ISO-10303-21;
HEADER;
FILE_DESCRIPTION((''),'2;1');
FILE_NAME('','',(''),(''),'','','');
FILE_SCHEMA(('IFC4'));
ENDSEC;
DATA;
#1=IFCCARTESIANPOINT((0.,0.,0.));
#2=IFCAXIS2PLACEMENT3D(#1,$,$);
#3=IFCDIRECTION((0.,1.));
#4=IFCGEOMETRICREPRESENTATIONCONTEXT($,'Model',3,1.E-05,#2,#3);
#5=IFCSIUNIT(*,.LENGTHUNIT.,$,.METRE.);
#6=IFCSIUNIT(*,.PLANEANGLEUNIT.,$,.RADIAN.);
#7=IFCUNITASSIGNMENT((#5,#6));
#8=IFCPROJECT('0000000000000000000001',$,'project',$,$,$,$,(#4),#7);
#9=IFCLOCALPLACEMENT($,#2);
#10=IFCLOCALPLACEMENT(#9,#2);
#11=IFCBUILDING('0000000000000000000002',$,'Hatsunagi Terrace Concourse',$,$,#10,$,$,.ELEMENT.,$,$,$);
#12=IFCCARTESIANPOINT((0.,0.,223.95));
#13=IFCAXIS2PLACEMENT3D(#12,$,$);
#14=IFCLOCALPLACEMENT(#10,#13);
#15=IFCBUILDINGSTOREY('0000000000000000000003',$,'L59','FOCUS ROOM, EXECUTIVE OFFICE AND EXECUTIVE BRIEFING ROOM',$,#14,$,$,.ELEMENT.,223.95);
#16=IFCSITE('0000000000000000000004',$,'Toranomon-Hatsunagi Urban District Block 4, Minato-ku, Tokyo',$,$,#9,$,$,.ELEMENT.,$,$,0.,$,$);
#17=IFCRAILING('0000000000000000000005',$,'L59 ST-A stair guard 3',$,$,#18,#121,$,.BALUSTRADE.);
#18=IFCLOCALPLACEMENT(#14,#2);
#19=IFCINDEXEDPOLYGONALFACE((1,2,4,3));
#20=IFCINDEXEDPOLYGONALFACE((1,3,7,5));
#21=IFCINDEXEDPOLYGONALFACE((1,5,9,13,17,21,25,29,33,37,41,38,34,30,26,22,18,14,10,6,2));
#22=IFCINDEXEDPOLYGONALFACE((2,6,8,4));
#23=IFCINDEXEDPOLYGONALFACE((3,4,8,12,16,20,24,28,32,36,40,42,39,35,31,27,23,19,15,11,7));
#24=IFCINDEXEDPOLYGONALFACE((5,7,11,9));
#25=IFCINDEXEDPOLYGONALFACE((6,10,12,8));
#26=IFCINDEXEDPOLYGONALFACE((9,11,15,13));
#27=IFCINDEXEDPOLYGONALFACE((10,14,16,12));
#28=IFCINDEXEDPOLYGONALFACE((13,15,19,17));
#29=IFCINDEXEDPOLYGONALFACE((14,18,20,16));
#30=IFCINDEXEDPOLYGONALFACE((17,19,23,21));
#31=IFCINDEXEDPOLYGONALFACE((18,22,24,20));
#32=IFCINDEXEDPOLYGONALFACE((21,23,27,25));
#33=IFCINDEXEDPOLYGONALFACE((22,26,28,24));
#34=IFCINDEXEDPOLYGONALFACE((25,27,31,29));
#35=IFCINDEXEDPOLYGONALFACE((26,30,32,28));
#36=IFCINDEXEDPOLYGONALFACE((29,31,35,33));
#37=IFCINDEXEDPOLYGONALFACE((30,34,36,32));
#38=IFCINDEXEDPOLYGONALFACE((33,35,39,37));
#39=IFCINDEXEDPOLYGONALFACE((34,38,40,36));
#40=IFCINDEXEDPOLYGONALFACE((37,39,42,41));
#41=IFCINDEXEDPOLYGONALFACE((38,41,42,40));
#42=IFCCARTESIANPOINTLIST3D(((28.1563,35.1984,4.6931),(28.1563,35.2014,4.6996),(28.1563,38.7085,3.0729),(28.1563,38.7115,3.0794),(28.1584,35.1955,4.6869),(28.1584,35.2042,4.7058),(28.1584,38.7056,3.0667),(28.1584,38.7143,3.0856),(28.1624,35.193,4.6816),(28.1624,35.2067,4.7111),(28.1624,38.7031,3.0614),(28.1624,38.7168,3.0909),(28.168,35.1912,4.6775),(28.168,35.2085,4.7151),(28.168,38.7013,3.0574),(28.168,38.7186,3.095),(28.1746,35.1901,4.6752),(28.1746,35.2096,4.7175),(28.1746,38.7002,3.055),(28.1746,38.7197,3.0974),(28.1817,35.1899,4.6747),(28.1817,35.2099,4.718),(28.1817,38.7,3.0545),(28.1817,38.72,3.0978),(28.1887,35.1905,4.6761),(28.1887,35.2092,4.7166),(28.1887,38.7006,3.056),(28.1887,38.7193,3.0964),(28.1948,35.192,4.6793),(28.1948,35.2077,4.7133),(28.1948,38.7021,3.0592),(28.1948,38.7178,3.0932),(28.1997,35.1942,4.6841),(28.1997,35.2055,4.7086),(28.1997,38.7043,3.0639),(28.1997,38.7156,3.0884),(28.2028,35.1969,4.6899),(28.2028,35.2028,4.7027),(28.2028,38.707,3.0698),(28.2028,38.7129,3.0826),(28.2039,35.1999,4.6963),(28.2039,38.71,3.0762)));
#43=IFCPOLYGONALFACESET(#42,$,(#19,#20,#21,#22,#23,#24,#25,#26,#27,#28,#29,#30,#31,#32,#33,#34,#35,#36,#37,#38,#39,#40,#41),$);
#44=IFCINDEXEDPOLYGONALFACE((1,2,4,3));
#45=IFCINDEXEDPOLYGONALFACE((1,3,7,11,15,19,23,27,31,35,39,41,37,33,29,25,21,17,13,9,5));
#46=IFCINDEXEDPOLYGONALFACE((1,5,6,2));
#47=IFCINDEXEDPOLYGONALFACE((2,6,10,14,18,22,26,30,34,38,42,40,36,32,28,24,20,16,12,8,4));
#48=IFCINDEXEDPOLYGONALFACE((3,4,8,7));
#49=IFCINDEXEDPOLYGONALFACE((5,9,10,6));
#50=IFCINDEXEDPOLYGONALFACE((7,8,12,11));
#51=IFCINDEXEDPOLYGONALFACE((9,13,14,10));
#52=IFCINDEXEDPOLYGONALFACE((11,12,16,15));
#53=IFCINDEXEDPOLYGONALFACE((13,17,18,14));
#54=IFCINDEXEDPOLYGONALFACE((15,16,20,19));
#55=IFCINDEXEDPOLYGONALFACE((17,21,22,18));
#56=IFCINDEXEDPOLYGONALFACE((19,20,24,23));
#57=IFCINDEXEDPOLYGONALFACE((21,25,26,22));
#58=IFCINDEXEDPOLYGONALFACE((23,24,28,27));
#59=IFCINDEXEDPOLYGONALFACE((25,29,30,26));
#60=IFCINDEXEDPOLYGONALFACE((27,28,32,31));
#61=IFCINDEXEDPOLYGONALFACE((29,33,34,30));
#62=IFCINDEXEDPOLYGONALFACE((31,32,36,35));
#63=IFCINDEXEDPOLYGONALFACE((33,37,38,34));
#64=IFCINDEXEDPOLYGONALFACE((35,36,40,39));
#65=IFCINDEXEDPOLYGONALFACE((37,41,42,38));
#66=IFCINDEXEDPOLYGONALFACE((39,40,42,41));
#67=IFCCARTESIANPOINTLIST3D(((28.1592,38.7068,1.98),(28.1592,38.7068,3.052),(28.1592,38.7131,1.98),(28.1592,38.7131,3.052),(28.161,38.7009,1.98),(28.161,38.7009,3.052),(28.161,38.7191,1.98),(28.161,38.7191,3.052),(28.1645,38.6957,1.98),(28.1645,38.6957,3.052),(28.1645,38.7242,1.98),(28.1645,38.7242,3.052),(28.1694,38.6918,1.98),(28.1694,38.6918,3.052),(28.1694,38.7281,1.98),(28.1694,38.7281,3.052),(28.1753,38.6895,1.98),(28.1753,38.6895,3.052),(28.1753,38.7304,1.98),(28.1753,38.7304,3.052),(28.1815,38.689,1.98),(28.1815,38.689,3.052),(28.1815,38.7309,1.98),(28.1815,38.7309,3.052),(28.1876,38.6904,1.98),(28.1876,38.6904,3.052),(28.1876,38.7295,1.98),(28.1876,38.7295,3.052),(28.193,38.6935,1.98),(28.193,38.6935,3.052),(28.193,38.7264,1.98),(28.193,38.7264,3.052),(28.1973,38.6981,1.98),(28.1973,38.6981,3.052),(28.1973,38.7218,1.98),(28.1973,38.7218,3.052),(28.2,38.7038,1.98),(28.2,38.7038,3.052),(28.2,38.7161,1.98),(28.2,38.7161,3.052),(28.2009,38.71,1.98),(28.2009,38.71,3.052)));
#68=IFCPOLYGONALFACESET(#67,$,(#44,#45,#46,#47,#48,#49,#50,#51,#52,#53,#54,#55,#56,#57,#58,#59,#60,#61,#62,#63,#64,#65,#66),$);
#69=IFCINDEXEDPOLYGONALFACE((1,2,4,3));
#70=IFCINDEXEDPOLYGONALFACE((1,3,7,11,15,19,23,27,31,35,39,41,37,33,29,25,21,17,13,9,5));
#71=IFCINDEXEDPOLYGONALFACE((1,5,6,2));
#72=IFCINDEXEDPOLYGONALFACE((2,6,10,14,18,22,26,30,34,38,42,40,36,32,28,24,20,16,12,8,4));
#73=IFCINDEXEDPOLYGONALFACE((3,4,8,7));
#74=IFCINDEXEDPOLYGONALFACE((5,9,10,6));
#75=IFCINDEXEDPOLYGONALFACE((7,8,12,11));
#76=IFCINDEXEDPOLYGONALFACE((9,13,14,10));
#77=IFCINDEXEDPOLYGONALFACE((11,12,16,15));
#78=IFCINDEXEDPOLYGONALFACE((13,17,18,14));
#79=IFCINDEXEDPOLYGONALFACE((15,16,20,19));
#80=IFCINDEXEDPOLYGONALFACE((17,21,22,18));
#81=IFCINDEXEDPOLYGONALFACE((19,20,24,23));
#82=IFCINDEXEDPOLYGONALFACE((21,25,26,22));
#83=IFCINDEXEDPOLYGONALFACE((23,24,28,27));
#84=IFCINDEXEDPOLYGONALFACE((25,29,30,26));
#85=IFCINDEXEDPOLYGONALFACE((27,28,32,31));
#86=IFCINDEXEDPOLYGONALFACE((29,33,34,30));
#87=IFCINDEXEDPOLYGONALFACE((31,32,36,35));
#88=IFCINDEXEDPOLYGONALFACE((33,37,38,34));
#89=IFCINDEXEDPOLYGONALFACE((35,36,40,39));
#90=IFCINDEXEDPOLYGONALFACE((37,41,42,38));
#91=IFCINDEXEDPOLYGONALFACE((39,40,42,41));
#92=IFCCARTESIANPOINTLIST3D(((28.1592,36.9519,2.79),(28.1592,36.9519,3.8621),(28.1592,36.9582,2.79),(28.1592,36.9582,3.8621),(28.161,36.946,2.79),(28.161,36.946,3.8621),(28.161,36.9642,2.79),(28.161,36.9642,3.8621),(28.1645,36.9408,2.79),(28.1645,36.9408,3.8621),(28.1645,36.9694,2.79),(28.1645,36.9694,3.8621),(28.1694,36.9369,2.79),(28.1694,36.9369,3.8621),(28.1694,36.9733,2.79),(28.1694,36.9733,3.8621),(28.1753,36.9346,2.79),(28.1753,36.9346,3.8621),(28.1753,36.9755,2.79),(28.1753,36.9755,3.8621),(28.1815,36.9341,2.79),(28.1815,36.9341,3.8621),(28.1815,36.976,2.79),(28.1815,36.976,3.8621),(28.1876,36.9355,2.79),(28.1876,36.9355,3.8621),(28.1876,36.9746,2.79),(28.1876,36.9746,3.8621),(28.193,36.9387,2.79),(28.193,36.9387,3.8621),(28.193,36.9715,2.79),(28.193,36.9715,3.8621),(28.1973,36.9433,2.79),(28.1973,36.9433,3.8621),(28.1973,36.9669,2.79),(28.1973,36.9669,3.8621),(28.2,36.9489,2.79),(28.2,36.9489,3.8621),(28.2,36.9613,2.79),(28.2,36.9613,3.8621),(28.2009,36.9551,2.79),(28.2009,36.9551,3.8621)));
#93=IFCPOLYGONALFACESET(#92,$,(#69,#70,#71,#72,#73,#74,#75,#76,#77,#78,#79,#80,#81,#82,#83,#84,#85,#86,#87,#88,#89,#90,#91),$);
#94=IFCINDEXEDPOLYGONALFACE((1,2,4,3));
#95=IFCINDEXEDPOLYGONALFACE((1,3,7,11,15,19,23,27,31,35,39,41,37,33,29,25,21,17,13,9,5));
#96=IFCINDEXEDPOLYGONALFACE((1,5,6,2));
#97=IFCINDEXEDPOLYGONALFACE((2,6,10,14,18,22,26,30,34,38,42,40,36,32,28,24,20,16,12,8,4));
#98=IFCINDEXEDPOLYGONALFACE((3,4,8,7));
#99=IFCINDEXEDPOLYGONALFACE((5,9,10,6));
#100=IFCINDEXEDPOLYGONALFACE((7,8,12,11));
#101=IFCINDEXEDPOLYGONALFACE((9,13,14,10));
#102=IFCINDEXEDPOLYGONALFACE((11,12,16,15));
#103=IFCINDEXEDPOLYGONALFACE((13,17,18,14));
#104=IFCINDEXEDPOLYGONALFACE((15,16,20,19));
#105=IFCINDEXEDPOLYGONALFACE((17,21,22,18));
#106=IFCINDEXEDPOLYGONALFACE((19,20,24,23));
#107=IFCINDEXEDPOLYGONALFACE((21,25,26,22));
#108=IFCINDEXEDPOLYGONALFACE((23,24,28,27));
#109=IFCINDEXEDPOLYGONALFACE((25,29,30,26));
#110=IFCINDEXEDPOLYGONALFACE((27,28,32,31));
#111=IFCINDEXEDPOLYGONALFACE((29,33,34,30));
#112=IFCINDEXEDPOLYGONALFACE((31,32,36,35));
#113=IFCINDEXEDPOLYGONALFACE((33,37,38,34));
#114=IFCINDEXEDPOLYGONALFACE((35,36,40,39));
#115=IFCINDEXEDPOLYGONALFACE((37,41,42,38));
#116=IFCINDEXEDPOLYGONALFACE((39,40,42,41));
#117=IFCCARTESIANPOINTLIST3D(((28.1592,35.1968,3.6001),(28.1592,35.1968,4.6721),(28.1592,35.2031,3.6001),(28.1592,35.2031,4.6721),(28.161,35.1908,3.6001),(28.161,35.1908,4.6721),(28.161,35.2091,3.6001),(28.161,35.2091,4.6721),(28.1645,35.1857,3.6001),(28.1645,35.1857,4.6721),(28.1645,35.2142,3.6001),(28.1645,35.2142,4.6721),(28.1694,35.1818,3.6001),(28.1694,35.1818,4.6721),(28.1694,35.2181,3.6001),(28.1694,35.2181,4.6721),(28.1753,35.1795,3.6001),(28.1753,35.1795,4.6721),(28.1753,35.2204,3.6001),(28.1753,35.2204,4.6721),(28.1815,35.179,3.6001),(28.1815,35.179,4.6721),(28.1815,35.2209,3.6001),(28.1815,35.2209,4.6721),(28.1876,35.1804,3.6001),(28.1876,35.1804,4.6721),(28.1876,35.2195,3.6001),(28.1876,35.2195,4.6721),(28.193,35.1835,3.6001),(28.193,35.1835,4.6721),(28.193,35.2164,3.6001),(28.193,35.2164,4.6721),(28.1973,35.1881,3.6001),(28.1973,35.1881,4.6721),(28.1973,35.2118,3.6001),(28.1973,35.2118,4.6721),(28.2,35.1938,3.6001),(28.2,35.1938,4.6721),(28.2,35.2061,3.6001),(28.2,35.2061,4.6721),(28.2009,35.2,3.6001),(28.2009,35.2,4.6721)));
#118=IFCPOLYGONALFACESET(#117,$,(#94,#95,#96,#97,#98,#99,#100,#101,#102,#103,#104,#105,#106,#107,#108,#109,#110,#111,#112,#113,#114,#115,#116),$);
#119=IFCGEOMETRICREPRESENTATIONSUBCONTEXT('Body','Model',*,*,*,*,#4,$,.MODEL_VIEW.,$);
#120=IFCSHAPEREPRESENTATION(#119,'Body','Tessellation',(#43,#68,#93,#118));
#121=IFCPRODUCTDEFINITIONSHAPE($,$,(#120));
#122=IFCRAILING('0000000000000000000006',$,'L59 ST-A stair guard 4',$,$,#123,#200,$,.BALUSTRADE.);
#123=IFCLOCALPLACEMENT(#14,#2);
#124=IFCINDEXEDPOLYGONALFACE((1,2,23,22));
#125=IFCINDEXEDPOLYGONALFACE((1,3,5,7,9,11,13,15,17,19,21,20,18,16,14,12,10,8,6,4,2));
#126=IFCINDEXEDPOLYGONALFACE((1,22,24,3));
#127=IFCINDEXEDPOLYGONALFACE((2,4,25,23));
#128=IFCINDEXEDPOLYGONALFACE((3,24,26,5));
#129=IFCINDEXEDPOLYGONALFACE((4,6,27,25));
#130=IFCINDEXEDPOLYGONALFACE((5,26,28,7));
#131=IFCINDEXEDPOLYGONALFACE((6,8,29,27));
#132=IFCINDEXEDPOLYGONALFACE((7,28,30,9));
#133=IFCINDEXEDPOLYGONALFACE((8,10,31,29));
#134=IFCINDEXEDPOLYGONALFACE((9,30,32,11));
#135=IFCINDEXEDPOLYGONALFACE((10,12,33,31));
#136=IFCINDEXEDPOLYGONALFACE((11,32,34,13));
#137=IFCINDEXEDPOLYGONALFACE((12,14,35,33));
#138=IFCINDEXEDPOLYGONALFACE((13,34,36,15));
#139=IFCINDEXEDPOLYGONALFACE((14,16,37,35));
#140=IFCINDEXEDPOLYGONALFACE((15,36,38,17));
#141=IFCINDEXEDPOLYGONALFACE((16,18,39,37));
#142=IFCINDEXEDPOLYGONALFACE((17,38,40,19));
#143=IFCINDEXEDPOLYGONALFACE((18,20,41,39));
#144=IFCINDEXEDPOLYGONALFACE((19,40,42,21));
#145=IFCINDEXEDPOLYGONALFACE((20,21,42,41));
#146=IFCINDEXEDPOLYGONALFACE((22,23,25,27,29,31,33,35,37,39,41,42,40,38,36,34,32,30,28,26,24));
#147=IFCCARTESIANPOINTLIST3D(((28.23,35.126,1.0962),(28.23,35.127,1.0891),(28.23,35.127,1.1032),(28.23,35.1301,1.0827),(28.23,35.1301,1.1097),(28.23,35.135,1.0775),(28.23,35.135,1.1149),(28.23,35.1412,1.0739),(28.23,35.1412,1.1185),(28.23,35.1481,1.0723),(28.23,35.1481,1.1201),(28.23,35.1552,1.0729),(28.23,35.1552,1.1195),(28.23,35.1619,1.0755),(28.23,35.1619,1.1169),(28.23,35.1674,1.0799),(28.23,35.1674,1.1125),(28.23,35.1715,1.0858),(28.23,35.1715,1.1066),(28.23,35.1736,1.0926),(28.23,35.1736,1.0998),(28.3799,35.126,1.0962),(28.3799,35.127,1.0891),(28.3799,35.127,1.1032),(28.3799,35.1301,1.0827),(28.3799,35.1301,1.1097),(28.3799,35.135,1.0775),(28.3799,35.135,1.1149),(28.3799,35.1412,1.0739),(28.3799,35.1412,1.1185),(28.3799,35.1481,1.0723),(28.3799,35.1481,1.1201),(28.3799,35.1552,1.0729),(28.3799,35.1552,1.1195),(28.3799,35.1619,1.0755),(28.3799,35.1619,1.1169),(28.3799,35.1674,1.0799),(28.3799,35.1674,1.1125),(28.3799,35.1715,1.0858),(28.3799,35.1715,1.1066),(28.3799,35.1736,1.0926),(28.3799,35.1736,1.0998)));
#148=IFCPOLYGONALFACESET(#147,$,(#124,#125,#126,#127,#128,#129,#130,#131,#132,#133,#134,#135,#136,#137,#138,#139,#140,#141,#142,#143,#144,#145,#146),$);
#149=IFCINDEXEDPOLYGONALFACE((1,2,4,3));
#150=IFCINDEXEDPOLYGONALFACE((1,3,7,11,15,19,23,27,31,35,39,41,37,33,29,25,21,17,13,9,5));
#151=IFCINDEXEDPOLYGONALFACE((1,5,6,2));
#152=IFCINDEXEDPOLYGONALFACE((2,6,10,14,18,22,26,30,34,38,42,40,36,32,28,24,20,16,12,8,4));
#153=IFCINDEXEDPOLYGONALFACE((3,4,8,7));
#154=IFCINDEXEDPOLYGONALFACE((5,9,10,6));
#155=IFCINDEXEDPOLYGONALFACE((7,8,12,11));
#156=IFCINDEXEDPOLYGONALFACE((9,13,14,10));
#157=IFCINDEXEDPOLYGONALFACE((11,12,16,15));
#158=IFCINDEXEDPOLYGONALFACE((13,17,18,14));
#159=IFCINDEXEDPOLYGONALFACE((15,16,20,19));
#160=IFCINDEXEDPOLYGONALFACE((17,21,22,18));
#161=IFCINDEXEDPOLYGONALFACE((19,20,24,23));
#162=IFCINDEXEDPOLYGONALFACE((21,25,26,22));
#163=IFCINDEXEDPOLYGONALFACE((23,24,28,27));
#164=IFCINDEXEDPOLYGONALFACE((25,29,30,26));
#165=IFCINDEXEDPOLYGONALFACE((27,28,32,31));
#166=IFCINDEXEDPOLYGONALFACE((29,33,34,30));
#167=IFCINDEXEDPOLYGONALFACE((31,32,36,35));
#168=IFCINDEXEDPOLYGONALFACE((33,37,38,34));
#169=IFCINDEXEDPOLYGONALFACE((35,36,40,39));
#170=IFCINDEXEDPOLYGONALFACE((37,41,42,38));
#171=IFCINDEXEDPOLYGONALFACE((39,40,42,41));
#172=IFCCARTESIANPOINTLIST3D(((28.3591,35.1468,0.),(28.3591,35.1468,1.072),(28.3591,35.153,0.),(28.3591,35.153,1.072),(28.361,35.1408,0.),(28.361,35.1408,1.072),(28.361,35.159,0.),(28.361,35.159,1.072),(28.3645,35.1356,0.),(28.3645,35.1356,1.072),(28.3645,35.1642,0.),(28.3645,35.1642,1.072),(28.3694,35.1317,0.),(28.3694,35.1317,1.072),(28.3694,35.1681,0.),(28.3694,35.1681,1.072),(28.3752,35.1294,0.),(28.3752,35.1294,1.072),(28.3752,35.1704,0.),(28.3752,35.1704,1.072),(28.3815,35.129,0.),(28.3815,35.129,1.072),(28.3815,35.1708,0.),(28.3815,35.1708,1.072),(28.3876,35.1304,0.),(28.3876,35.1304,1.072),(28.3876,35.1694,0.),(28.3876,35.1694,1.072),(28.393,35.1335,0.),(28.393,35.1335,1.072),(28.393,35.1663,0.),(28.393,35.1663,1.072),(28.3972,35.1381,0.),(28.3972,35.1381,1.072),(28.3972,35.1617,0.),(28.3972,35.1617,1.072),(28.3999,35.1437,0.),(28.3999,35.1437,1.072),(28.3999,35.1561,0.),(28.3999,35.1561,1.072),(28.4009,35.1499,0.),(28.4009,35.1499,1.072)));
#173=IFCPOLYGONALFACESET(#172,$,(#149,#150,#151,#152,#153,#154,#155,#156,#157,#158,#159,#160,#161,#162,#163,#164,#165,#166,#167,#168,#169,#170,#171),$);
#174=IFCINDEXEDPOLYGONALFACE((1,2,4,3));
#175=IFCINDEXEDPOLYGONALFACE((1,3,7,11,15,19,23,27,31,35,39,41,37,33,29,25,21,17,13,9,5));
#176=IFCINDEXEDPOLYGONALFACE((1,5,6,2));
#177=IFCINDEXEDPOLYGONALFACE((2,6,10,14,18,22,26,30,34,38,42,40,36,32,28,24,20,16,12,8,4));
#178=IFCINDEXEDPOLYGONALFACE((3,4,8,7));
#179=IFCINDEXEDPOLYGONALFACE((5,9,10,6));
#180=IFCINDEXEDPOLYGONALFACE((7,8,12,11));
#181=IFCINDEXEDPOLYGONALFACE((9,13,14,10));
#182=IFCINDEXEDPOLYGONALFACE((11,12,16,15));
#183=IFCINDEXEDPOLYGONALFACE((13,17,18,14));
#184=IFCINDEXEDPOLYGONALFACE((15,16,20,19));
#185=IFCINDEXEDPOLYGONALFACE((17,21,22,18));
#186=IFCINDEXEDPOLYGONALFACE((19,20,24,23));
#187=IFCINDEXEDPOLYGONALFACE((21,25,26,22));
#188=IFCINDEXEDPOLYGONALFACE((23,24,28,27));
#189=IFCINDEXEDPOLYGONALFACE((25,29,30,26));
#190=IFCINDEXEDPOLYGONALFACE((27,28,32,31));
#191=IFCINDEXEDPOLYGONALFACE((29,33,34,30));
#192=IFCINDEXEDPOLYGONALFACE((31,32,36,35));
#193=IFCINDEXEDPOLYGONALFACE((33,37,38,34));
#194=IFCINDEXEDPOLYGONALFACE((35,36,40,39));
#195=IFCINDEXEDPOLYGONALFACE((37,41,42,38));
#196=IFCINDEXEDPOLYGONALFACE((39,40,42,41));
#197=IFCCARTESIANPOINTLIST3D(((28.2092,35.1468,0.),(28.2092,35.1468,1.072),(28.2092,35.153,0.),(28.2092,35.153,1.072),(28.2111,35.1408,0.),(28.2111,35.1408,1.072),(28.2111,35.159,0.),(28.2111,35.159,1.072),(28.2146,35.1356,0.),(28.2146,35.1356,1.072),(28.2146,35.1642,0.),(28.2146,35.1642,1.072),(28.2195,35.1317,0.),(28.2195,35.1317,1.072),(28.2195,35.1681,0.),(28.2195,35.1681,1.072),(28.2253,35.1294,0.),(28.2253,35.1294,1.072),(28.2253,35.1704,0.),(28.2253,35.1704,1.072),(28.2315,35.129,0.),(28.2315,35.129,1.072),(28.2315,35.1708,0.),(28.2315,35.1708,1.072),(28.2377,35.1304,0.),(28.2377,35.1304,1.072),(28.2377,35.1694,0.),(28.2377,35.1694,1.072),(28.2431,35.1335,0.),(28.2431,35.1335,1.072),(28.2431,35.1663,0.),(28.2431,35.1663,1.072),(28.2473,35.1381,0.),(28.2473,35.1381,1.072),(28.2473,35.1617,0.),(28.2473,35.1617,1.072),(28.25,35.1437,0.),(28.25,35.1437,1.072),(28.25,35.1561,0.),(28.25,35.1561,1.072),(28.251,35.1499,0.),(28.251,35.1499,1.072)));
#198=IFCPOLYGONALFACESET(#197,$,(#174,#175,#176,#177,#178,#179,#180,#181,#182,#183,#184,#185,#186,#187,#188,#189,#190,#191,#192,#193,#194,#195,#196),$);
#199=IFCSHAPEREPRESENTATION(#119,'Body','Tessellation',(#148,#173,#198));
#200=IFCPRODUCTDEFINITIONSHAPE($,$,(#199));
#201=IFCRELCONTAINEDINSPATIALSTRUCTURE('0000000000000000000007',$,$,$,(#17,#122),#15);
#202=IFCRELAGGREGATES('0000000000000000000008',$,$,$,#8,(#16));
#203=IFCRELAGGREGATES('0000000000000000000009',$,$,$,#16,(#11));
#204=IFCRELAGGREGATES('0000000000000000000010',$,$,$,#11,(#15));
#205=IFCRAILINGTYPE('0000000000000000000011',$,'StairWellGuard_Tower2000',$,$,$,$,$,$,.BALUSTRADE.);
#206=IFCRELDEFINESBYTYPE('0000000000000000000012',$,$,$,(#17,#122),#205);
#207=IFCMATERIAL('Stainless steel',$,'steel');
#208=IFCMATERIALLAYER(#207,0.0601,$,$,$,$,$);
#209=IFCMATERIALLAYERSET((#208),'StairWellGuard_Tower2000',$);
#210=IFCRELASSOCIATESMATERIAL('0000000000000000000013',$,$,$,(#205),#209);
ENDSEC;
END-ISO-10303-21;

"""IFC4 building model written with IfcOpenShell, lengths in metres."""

from ifc_helpers import new_model, si_unit, direction, frame, origin, origin_2d, place, context, subcontext, project, spatial, circle, extrude, material, layer, layer_set, type_object, element, save


model = new_model("IFC4")

# Units and contexts
model_context = context("Model", 3, precision=1e-05, world=origin(), true_north=direction((0.0, 1.0)))
body_context = subcontext(model_context, "Body", "Model", "MODEL_VIEW")
ifc_project = project(units=[si_unit("LENGTHUNIT", "METRE"), si_unit("PLANEANGLEUNIT", "RADIAN")], contexts=[model_context])

# Site, building, storey
site_placement = place(None, origin())
site = spatial("IfcSite", under=ifc_project, at=site_placement, Name="Toranomon-Hatsunagi Urban District Block 4, Minato-ku, Tokyo", CompositionType="ELEMENT", RefElevation=0.0)
building_placement = place(site_placement, origin())
building = spatial("IfcBuilding", under=site, at=building_placement, Name="Hatsunagi Terrace Concourse", CompositionType="ELEMENT")
storey_placement = place(building_placement, frame((0.0, 0.0, 223.95)))
storey = spatial("IfcBuildingStorey", under=building, at=storey_placement, Name="L59", Description="FOCUS ROOM, EXECUTIVE OFFICE AND EXECUTIVE BRIEFING ROOM", CompositionType="ELEMENT", Elevation=223.95)

# Railings
ifc_material_1 = material(Name="Stainless steel", Category="steel")
ifc_layer_1 = layer(ifc_material_1, 0.0601)
ifc_layer_set_1 = layer_set([ifc_layer_1], Name="StairWellGuard_Tower2000")
railing_type_1 = type_object("IfcRailingType", Name="StairWellGuard_Tower2000", PredefinedType="BALUSTRADE", material=ifc_layer_set_1)
railing_1_placement = place(storey_placement, frame((28.1799, 38.71, 1.98)))
element("IfcRailing", 1, at=railing_1_placement, inside=storey, type_object=railing_type_1, Name="L59 ST-A stair guard 3", PredefinedType="BALUSTRADE", context=body_context, shape_type="SweptSolid", body=[
    extrude(circle(Radius=0.0239, at=origin_2d()), frame((0.0, 0.0, 1.0962), z_axis=(0.0, -0.907948, 0.419082), x_axis=(1.0, 0.0, 0.0)), (0.0, 0.0, 1.0), 3.866),
    extrude(circle(Radius=0.021, at=origin_2d()), origin(), (0.0, 0.0, 1.0), 1.072),
    extrude(circle(Radius=0.021, at=origin_2d()), frame((0.0, -1.7549, 0.8101)), (0.0, 0.0, 1.0), 1.072),
    extrude(circle(Radius=0.021, at=origin_2d()), frame((0.0, -3.51, 1.6201)), (0.0, 0.0, 1.0), 1.072),
])
railing_2_placement = place(storey_placement, frame((28.3799, 35.1499, 0.0)))
element("IfcRailing", 2, at=railing_2_placement, inside=storey, type_object=railing_type_1, Name="L59 ST-A stair guard 4", PredefinedType="BALUSTRADE", context=body_context, shape_type="SweptSolid", body=[
    extrude(circle(Radius=0.0239, at=origin_2d()), frame((0.0, 0.0, 1.0962), z_axis=(-1.0, 0.0, 0.0), x_axis=(0.0, -1.0, 0.0)), (0.0, 0.0, 1.0), 0.1499),
    extrude(circle(Radius=0.021, at=origin_2d()), origin(), (0.0, 0.0, 1.0), 1.072),
    extrude(circle(Radius=0.021, at=origin_2d()), frame((-0.1499, 0.0, 0.0)), (0.0, 0.0, 1.0), 1.072),
])

save(model, "model.ifc")
